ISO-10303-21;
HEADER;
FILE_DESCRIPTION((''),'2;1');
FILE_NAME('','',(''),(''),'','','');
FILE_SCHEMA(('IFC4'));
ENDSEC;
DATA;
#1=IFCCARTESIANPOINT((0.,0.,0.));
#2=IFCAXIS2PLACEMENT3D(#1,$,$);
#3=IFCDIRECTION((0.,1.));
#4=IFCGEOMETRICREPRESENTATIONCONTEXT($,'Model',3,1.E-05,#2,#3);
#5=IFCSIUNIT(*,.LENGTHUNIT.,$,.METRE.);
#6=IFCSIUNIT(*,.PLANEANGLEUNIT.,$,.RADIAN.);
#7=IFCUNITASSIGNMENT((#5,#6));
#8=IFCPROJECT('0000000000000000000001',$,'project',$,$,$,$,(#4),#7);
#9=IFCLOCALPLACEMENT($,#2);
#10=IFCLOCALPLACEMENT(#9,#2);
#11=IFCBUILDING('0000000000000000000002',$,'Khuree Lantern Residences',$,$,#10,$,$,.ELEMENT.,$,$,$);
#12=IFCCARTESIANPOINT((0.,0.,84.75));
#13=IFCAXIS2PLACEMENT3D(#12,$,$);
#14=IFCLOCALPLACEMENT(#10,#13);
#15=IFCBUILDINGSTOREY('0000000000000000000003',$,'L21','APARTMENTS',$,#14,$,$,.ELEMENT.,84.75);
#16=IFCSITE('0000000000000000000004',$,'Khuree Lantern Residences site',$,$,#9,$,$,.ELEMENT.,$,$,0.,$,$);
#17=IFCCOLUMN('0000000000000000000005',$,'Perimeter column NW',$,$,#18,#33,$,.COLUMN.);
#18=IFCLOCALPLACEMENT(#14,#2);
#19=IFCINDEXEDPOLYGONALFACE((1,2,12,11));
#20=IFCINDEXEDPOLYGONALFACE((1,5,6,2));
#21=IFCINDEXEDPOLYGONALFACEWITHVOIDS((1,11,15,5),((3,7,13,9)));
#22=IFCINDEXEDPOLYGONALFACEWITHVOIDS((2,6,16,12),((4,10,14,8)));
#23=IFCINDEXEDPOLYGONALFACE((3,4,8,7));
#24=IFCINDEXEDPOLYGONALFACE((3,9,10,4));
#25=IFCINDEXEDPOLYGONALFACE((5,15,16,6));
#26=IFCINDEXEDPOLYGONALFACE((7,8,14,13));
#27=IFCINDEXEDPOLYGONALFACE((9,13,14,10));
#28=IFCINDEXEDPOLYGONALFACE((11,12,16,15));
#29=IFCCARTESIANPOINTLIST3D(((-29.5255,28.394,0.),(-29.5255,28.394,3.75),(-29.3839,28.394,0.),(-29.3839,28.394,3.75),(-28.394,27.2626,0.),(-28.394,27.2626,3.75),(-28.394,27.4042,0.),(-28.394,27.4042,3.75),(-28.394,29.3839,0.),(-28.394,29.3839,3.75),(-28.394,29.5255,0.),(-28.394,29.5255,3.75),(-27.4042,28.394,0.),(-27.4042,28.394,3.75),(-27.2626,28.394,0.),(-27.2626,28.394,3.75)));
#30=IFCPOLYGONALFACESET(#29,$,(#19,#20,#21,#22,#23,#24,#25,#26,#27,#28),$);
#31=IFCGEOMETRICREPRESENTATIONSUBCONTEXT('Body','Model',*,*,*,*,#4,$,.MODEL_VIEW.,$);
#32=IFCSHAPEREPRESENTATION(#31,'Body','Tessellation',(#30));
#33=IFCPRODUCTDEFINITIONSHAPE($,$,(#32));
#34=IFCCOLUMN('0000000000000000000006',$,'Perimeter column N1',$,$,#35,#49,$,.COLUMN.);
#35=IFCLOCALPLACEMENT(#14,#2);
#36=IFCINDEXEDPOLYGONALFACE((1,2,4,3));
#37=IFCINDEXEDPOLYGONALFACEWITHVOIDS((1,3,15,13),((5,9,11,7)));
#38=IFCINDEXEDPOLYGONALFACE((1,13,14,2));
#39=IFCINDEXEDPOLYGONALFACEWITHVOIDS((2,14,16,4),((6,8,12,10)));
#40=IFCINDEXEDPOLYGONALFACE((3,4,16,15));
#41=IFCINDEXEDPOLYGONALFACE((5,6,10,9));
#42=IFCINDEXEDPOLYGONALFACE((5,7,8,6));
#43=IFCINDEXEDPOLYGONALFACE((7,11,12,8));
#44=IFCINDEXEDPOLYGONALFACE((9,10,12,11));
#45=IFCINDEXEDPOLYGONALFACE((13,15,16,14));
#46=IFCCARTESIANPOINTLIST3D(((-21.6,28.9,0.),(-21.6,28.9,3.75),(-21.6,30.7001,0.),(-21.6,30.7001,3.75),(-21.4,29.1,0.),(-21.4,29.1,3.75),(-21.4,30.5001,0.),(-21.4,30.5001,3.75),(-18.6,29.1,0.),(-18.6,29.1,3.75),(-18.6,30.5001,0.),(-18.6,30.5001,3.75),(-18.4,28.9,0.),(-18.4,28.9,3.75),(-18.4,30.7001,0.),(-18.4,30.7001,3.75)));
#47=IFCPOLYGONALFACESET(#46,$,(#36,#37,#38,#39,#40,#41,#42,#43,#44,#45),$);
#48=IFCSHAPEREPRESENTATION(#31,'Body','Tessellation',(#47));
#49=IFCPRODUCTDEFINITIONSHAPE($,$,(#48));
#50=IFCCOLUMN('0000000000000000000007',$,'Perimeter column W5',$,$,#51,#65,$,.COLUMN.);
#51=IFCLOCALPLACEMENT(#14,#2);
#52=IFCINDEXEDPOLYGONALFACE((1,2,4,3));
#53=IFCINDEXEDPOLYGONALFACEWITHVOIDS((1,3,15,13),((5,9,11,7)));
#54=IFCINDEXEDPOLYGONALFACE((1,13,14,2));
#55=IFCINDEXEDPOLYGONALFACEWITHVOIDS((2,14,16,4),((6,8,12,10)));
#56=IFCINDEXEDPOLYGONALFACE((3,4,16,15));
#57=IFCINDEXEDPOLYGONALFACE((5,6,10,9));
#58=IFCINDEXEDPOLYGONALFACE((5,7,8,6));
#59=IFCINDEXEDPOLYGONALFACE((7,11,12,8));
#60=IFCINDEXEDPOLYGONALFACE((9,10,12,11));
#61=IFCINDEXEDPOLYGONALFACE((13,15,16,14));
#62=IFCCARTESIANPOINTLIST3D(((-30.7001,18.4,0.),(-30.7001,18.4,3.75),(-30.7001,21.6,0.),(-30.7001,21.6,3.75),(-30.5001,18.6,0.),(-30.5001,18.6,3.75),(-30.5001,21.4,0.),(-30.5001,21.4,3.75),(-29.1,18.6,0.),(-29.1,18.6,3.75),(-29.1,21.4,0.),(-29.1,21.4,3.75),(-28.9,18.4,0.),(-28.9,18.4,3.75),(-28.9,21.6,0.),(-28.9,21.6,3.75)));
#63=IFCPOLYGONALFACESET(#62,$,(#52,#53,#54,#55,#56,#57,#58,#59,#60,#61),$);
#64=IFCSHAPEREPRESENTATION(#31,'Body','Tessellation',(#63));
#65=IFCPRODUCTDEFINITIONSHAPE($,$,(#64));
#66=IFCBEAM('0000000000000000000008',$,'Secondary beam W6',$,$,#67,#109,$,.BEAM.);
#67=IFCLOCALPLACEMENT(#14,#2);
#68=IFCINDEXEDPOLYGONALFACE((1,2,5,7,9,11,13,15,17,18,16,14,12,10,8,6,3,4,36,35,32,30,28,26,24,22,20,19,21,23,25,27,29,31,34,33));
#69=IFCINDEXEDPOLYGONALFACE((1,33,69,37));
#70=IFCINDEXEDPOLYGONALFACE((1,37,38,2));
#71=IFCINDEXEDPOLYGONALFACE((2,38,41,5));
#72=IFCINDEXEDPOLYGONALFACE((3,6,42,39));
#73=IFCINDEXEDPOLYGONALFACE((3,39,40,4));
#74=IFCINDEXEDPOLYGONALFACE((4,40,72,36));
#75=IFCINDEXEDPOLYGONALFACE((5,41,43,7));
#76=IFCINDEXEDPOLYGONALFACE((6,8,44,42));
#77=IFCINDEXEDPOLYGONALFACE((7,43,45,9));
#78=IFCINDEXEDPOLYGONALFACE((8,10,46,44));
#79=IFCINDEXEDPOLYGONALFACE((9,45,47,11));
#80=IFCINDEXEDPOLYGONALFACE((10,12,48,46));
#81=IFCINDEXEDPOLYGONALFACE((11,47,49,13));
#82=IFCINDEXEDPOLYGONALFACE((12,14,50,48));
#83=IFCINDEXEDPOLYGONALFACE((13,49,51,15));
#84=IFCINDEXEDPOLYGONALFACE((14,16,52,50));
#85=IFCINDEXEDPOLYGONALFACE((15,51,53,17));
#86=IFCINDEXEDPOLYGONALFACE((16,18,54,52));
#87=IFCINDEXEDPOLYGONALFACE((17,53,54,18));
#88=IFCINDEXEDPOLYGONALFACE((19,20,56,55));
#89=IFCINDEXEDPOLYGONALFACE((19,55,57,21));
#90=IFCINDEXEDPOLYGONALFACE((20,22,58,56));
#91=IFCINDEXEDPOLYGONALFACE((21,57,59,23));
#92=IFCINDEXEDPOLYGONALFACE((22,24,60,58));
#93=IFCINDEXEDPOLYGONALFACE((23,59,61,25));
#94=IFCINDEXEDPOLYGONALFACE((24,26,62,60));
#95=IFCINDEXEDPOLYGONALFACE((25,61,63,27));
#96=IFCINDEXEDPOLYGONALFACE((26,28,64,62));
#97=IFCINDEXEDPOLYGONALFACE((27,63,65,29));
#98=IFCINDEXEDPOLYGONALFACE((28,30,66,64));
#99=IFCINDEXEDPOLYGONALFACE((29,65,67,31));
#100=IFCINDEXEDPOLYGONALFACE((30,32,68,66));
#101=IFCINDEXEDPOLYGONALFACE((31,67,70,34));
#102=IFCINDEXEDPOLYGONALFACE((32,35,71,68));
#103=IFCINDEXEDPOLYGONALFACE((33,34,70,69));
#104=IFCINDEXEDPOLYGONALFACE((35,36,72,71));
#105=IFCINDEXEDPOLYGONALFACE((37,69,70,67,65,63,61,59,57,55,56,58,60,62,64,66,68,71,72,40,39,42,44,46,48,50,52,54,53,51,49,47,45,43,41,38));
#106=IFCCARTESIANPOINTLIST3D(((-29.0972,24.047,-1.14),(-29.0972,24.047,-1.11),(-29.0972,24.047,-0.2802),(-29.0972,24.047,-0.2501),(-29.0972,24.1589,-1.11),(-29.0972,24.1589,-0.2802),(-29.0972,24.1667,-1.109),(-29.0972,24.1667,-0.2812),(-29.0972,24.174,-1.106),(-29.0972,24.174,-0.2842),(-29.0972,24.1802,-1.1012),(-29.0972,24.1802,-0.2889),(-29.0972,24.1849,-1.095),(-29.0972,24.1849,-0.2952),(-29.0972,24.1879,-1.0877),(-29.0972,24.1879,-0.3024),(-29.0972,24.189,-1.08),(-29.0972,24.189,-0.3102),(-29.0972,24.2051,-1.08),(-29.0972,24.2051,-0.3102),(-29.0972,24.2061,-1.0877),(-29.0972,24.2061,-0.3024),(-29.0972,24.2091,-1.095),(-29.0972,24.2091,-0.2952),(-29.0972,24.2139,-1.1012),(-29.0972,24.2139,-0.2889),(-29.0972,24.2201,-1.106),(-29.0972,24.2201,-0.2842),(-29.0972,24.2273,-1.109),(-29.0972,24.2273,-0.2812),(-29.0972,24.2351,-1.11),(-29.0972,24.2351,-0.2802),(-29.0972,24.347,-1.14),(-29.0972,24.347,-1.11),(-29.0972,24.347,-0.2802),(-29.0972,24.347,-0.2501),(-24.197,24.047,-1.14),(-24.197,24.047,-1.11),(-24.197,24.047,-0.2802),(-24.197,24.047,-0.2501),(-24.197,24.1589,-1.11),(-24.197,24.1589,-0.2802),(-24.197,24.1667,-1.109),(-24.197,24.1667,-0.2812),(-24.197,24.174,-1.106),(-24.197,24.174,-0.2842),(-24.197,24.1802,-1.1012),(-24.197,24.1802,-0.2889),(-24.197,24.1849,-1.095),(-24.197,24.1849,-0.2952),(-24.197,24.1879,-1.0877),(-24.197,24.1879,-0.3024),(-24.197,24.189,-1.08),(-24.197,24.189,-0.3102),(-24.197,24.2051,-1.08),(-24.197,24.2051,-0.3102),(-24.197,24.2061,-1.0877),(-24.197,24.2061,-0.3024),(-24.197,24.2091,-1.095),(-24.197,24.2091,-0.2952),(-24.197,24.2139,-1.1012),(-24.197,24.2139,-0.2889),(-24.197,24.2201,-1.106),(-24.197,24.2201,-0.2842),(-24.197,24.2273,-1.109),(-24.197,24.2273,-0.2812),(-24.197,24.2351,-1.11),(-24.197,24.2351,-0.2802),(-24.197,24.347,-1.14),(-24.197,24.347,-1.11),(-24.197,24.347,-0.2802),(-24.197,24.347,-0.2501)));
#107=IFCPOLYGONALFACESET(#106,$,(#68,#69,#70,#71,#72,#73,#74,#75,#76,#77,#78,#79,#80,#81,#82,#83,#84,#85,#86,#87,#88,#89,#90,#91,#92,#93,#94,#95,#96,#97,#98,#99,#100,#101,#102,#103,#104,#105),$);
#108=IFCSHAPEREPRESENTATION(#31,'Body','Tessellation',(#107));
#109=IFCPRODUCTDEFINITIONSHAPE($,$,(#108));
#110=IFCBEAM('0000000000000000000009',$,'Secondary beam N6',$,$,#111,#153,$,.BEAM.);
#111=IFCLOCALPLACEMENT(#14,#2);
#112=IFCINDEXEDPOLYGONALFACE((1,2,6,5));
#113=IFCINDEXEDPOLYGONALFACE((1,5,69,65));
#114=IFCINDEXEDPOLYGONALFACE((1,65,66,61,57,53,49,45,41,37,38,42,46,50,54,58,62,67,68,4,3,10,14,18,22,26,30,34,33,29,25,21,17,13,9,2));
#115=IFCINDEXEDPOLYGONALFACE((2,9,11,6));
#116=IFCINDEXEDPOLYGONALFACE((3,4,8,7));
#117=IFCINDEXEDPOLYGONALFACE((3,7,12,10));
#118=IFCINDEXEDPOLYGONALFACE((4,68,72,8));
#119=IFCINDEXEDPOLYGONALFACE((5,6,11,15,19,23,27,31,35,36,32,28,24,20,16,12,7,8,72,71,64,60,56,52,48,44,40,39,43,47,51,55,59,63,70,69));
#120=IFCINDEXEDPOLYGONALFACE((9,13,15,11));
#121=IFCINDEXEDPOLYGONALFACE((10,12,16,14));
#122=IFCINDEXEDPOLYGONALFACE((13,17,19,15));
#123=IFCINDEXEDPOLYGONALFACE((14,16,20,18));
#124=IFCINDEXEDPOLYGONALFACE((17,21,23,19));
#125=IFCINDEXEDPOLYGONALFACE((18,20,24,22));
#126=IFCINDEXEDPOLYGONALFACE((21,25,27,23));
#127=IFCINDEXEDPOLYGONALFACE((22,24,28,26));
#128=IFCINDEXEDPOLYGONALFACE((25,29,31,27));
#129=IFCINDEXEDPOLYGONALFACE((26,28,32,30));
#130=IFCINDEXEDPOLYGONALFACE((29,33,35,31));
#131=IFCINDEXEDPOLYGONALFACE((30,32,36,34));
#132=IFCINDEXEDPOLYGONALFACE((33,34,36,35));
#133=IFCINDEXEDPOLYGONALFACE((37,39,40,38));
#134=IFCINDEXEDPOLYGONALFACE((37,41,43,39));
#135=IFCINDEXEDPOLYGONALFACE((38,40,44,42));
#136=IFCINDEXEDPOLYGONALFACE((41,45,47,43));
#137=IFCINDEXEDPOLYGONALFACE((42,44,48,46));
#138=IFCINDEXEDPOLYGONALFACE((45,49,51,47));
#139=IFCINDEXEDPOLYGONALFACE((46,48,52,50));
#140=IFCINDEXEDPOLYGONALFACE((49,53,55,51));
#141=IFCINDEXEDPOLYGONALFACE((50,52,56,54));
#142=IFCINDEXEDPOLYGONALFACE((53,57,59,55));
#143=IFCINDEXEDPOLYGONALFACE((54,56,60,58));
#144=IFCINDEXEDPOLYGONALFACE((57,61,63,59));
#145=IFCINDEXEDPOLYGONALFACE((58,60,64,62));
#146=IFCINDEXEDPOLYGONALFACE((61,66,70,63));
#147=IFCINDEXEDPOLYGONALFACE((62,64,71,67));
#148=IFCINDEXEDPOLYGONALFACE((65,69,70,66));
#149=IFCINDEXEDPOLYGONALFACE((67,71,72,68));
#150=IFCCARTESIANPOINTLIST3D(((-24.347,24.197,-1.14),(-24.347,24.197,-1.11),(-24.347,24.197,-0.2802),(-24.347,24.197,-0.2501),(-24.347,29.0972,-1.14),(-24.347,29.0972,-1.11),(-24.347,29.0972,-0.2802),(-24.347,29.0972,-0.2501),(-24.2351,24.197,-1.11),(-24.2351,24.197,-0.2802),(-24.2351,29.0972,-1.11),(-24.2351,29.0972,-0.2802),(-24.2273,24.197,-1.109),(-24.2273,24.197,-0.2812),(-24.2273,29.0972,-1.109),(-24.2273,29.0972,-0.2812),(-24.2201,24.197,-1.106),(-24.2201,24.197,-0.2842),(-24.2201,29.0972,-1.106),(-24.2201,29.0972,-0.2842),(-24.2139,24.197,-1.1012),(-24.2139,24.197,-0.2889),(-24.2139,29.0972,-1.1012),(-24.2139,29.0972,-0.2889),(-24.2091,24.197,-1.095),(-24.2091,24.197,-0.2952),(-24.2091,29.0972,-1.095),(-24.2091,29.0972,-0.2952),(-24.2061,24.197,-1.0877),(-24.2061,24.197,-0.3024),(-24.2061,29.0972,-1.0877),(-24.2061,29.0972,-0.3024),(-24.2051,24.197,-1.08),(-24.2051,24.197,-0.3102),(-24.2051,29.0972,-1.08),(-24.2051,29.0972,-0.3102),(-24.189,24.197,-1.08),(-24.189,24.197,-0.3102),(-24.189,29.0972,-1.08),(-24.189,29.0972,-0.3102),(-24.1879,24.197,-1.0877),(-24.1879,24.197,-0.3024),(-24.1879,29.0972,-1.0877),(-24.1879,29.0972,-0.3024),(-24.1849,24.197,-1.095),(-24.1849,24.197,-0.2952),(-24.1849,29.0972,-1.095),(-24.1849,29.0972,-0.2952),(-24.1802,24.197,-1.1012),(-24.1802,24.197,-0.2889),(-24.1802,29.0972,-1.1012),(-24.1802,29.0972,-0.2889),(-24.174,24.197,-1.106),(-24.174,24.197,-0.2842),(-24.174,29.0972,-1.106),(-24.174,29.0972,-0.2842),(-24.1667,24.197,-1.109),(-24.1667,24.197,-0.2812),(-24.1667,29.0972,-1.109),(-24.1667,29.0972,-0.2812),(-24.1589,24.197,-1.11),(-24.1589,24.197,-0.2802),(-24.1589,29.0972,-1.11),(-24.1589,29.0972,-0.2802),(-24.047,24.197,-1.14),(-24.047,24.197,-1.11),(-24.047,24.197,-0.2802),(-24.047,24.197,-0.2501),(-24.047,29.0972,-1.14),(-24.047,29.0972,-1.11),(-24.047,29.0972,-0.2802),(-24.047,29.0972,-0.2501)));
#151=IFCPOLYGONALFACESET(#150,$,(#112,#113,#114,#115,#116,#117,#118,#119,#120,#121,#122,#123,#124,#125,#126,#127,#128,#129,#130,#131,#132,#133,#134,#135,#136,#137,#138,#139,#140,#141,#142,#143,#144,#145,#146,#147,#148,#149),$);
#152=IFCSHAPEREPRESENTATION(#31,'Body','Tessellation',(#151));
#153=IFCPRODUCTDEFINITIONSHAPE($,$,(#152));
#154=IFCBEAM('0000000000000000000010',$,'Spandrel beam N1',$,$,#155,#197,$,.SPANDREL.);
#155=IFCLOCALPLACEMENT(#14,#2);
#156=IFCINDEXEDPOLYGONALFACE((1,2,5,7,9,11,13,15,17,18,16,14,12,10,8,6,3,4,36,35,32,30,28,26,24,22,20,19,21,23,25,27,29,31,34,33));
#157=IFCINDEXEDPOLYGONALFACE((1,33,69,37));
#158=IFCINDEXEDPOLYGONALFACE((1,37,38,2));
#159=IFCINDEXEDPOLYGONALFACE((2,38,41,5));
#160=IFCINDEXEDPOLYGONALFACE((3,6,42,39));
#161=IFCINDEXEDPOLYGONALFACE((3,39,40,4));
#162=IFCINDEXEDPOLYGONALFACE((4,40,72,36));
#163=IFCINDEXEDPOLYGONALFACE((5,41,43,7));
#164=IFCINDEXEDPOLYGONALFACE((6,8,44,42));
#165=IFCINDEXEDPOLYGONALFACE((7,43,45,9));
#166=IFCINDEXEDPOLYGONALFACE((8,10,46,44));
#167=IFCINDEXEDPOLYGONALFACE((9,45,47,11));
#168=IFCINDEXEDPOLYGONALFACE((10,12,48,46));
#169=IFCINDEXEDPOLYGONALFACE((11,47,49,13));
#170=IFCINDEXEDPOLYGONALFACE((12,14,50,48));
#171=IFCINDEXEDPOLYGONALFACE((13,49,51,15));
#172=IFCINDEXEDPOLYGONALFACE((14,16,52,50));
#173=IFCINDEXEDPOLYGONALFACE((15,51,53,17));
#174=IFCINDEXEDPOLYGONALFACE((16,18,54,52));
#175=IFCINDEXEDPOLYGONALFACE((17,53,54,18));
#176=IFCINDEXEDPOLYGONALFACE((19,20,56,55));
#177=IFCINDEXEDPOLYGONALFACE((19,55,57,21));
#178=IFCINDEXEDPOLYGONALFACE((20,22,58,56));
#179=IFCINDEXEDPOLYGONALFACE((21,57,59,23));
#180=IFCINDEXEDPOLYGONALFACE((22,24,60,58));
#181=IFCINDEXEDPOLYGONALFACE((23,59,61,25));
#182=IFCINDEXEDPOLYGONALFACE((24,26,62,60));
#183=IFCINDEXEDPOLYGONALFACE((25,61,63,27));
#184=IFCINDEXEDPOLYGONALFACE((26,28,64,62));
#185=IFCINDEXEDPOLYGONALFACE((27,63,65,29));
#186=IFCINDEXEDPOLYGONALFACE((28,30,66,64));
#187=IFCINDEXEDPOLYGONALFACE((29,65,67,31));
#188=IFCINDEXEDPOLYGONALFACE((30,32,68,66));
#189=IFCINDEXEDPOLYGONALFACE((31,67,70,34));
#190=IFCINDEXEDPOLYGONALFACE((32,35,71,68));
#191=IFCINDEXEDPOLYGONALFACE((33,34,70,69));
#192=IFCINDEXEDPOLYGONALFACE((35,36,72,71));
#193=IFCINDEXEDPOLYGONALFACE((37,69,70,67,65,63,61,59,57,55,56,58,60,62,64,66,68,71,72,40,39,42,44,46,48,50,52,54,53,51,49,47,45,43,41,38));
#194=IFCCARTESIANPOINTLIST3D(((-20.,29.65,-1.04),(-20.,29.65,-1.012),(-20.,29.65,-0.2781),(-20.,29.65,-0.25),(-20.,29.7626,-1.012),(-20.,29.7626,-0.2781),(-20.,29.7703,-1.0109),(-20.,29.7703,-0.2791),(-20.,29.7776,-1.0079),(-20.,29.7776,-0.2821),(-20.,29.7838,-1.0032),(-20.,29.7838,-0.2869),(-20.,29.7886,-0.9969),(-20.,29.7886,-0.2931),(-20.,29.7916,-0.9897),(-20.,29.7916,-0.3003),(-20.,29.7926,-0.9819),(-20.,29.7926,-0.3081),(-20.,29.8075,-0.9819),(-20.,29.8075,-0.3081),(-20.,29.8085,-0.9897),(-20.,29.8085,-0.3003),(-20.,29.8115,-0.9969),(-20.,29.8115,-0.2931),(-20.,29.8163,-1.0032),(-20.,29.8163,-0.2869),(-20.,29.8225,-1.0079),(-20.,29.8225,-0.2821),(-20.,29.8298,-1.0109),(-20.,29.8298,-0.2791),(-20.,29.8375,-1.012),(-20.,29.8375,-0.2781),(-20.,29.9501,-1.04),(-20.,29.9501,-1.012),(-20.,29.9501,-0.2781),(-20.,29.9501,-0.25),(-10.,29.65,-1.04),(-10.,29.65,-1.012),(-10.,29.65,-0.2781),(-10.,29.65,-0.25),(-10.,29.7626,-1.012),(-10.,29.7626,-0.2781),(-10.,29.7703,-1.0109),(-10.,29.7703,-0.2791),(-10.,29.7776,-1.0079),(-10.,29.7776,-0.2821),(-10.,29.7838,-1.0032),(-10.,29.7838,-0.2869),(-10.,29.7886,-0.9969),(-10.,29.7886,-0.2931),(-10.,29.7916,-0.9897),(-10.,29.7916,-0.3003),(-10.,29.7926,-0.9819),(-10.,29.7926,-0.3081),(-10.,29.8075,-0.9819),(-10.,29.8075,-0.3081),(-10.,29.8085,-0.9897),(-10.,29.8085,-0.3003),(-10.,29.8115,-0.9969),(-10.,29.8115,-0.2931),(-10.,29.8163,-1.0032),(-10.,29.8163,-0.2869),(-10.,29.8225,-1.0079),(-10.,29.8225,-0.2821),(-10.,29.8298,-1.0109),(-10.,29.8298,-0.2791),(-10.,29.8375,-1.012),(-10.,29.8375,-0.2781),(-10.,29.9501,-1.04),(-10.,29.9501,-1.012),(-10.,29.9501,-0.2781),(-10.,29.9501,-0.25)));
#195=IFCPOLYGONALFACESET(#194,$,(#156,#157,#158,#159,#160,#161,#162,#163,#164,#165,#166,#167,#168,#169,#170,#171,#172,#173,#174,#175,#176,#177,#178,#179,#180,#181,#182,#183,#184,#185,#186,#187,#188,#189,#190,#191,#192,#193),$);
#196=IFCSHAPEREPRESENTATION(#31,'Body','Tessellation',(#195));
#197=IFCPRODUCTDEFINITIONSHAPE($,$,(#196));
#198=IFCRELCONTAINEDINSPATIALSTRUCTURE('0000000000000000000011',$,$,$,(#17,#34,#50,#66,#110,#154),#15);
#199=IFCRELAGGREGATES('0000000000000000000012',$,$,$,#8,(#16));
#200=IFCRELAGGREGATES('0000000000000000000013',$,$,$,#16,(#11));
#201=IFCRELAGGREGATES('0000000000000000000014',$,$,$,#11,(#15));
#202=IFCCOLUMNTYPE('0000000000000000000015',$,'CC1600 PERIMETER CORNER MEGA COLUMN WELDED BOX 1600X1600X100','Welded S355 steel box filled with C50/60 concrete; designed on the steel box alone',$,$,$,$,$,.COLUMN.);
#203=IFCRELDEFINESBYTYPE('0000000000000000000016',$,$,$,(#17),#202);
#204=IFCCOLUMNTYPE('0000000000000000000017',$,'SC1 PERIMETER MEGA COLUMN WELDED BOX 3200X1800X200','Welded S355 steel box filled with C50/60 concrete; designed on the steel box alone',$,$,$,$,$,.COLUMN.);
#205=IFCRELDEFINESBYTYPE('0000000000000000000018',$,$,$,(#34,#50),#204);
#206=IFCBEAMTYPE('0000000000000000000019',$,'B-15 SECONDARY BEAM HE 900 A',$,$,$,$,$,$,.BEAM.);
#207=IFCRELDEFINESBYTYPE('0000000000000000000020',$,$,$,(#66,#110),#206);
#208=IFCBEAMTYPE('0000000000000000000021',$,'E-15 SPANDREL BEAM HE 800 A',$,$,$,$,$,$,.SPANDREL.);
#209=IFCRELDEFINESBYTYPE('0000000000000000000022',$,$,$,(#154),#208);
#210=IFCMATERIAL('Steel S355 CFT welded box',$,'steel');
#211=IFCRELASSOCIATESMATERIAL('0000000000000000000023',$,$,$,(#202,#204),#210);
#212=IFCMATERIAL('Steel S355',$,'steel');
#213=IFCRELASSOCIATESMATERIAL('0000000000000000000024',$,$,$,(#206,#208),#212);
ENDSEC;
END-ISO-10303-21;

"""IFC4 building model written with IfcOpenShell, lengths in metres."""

from ifc_helpers import new_model, si_unit, direction, frame, origin, origin_2d, place, context, subcontext, project, spatial, hollow_rectangle, i_section, extrude, material, material_profile, profile_set, type_object, element, save


model = new_model("IFC4")

# Units and contexts
model_context = context("Model", 3, precision=1e-05, world=origin(), true_north=direction((0.0, 1.0)))
body_context = subcontext(model_context, "Body", "Model", "MODEL_VIEW")
ifc_project = project(units=[si_unit("LENGTHUNIT", "METRE"), si_unit("PLANEANGLEUNIT", "RADIAN")], contexts=[model_context])

# Site, building, storey
site_placement = place(None, origin())
site = spatial("IfcSite", under=ifc_project, at=site_placement, Name="Khuree Lantern Residences site", CompositionType="ELEMENT", RefElevation=0.0)
building_placement = place(site_placement, origin())
building = spatial("IfcBuilding", under=site, at=building_placement, Name="Khuree Lantern Residences", CompositionType="ELEMENT")
storey_placement = place(building_placement, frame((0.0, 0.0, 84.75)))
storey = spatial("IfcBuildingStorey", under=building, at=storey_placement, Name="L21", Description="APARTMENTS", CompositionType="ELEMENT", Elevation=84.75)

# Columns
ifc_material_1 = material(Name="Steel S355 CFT welded box", Category="steel")
ifc_material_profile_1 = material_profile(ifc_material_1, hollow_rectangle(XDim=1.6001, YDim=1.6001, WallThickness=0.1001, at=origin_2d()), Name="WELDED BOX 1600X1600X100")
ifc_profile_set_1 = profile_set([ifc_material_profile_1], Name="Steel S355 CFT welded box")
column_type_1 = type_object("IfcColumnType", Name="CC1600 PERIMETER CORNER MEGA COLUMN WELDED BOX 1600X1600X100", Description="Welded S355 steel box filled with C50/60 concrete; designed on the steel box alone", PredefinedType="COLUMN", material=ifc_profile_set_1)
column_placement = place(storey_placement, frame((-28.394, 28.394, 0.0), z_axis=(0.0, 0.0, 1.0), x_axis=(0.707107, 0.707107, 0.0)))
element("IfcColumn", 1, at=column_placement, inside=storey, type_object=column_type_1, Name="Perimeter column NW", PredefinedType="COLUMN", context=body_context, shape_type="SweptSolid", body=[
    extrude(hollow_rectangle(XDim=1.6001, YDim=1.6001, WallThickness=0.1001, at=origin_2d()), origin(), (0.0, 0.0, 1.0), 3.75),
])
ifc_material_profile_2 = material_profile(ifc_material_1, hollow_rectangle(XDim=3.2, YDim=1.8, WallThickness=0.2, at=origin_2d()), Name="WELDED BOX 3200X1800X200")
ifc_profile_set_2 = profile_set([ifc_material_profile_2], Name="Steel S355 CFT welded box")
column_type_2 = type_object("IfcColumnType", Name="SC1 PERIMETER MEGA COLUMN WELDED BOX 3200X1800X200", Description="Welded S355 steel box filled with C50/60 concrete; designed on the steel box alone", PredefinedType="COLUMN", material=ifc_profile_set_2)
for number, where, z_axis, x_axis, name in (
    (2, (-20.0, 29.8, 0.0), (0.0, 0.0, 1.0), (1.0, 0.0, 0.0), "Perimeter column N1"),
    (3, (-29.8, 20.0, 0.0), (0.0, 0.0, 1.0), (0.0, 1.0, 0.0), "Perimeter column W5"),
):
    element("IfcColumn", number, at=place(storey_placement, frame(where, z_axis=z_axis, x_axis=x_axis)), inside=storey, type_object=column_type_2, Name=name, PredefinedType="COLUMN", context=body_context, shape_type="SweptSolid", body=[
        extrude(hollow_rectangle(XDim=3.2, YDim=1.8, WallThickness=0.2, at=origin_2d()), origin(), (0.0, 0.0, 1.0), 3.75),
    ])

# Beams
ifc_material_2 = material(Name="Steel S355", Category="steel")
ifc_material_profile_3 = material_profile(ifc_material_2, i_section(OverallWidth=0.3, OverallDepth=0.8899, WebThickness=0.0161, FlangeThickness=0.03, FilletRadius=0.03, at=origin_2d()), Name="HE 900 A")
ifc_profile_set_3 = profile_set([ifc_material_profile_3], Name="Steel S355")
beam_type_1 = type_object("IfcBeamType", Name="B-15 SECONDARY BEAM HE 900 A", PredefinedType="BEAM", material=ifc_profile_set_3)
for number, where, z_axis, x_axis, name in (
    (4, (-29.0972, 24.197, -0.6951), (1.0, 0.0, 0.0), (0.0, 1.0, 0.0), "Secondary beam W6"),
    (5, (-24.197, 29.0972, -0.6951), (0.0, -1.0, 0.0), (1.0, 0.0, 0.0), "Secondary beam N6"),
):
    element("IfcBeam", number, at=place(storey_placement, frame(where, z_axis=z_axis, x_axis=x_axis)), inside=storey, type_object=beam_type_1, Name=name, PredefinedType="BEAM", context=body_context, shape_type="SweptSolid", body=[
        extrude(i_section(OverallWidth=0.3, OverallDepth=0.8899, WebThickness=0.0161, FlangeThickness=0.03, FilletRadius=0.03, at=origin_2d()), origin(), (0.0, 0.0, 1.0), 4.9001),
    ])
ifc_material_profile_4 = material_profile(ifc_material_2, i_section(OverallWidth=0.3, OverallDepth=0.79, WebThickness=0.0149, FlangeThickness=0.0281, FilletRadius=0.03, at=origin_2d()), Name="HE 800 A")
ifc_profile_set_4 = profile_set([ifc_material_profile_4], Name="Steel S355")
beam_type_2 = type_object("IfcBeamType", Name="E-15 SPANDREL BEAM HE 800 A", PredefinedType="SPANDREL", material=ifc_profile_set_4)
beam_1_placement = place(storey_placement, frame((-20.0, 29.8, -0.645), z_axis=(1.0, 0.0, 0.0), x_axis=(0.0, 1.0, 0.0)))
element("IfcBeam", 6, at=beam_1_placement, inside=storey, type_object=beam_type_2, Name="Spandrel beam N1", PredefinedType="SPANDREL", context=body_context, shape_type="SweptSolid", body=[
    extrude(i_section(OverallWidth=0.3, OverallDepth=0.79, WebThickness=0.0149, FlangeThickness=0.0281, FilletRadius=0.03, at=origin_2d()), origin(), (0.0, 0.0, 1.0), 10.0),
])

save(model, "model.ifc")
